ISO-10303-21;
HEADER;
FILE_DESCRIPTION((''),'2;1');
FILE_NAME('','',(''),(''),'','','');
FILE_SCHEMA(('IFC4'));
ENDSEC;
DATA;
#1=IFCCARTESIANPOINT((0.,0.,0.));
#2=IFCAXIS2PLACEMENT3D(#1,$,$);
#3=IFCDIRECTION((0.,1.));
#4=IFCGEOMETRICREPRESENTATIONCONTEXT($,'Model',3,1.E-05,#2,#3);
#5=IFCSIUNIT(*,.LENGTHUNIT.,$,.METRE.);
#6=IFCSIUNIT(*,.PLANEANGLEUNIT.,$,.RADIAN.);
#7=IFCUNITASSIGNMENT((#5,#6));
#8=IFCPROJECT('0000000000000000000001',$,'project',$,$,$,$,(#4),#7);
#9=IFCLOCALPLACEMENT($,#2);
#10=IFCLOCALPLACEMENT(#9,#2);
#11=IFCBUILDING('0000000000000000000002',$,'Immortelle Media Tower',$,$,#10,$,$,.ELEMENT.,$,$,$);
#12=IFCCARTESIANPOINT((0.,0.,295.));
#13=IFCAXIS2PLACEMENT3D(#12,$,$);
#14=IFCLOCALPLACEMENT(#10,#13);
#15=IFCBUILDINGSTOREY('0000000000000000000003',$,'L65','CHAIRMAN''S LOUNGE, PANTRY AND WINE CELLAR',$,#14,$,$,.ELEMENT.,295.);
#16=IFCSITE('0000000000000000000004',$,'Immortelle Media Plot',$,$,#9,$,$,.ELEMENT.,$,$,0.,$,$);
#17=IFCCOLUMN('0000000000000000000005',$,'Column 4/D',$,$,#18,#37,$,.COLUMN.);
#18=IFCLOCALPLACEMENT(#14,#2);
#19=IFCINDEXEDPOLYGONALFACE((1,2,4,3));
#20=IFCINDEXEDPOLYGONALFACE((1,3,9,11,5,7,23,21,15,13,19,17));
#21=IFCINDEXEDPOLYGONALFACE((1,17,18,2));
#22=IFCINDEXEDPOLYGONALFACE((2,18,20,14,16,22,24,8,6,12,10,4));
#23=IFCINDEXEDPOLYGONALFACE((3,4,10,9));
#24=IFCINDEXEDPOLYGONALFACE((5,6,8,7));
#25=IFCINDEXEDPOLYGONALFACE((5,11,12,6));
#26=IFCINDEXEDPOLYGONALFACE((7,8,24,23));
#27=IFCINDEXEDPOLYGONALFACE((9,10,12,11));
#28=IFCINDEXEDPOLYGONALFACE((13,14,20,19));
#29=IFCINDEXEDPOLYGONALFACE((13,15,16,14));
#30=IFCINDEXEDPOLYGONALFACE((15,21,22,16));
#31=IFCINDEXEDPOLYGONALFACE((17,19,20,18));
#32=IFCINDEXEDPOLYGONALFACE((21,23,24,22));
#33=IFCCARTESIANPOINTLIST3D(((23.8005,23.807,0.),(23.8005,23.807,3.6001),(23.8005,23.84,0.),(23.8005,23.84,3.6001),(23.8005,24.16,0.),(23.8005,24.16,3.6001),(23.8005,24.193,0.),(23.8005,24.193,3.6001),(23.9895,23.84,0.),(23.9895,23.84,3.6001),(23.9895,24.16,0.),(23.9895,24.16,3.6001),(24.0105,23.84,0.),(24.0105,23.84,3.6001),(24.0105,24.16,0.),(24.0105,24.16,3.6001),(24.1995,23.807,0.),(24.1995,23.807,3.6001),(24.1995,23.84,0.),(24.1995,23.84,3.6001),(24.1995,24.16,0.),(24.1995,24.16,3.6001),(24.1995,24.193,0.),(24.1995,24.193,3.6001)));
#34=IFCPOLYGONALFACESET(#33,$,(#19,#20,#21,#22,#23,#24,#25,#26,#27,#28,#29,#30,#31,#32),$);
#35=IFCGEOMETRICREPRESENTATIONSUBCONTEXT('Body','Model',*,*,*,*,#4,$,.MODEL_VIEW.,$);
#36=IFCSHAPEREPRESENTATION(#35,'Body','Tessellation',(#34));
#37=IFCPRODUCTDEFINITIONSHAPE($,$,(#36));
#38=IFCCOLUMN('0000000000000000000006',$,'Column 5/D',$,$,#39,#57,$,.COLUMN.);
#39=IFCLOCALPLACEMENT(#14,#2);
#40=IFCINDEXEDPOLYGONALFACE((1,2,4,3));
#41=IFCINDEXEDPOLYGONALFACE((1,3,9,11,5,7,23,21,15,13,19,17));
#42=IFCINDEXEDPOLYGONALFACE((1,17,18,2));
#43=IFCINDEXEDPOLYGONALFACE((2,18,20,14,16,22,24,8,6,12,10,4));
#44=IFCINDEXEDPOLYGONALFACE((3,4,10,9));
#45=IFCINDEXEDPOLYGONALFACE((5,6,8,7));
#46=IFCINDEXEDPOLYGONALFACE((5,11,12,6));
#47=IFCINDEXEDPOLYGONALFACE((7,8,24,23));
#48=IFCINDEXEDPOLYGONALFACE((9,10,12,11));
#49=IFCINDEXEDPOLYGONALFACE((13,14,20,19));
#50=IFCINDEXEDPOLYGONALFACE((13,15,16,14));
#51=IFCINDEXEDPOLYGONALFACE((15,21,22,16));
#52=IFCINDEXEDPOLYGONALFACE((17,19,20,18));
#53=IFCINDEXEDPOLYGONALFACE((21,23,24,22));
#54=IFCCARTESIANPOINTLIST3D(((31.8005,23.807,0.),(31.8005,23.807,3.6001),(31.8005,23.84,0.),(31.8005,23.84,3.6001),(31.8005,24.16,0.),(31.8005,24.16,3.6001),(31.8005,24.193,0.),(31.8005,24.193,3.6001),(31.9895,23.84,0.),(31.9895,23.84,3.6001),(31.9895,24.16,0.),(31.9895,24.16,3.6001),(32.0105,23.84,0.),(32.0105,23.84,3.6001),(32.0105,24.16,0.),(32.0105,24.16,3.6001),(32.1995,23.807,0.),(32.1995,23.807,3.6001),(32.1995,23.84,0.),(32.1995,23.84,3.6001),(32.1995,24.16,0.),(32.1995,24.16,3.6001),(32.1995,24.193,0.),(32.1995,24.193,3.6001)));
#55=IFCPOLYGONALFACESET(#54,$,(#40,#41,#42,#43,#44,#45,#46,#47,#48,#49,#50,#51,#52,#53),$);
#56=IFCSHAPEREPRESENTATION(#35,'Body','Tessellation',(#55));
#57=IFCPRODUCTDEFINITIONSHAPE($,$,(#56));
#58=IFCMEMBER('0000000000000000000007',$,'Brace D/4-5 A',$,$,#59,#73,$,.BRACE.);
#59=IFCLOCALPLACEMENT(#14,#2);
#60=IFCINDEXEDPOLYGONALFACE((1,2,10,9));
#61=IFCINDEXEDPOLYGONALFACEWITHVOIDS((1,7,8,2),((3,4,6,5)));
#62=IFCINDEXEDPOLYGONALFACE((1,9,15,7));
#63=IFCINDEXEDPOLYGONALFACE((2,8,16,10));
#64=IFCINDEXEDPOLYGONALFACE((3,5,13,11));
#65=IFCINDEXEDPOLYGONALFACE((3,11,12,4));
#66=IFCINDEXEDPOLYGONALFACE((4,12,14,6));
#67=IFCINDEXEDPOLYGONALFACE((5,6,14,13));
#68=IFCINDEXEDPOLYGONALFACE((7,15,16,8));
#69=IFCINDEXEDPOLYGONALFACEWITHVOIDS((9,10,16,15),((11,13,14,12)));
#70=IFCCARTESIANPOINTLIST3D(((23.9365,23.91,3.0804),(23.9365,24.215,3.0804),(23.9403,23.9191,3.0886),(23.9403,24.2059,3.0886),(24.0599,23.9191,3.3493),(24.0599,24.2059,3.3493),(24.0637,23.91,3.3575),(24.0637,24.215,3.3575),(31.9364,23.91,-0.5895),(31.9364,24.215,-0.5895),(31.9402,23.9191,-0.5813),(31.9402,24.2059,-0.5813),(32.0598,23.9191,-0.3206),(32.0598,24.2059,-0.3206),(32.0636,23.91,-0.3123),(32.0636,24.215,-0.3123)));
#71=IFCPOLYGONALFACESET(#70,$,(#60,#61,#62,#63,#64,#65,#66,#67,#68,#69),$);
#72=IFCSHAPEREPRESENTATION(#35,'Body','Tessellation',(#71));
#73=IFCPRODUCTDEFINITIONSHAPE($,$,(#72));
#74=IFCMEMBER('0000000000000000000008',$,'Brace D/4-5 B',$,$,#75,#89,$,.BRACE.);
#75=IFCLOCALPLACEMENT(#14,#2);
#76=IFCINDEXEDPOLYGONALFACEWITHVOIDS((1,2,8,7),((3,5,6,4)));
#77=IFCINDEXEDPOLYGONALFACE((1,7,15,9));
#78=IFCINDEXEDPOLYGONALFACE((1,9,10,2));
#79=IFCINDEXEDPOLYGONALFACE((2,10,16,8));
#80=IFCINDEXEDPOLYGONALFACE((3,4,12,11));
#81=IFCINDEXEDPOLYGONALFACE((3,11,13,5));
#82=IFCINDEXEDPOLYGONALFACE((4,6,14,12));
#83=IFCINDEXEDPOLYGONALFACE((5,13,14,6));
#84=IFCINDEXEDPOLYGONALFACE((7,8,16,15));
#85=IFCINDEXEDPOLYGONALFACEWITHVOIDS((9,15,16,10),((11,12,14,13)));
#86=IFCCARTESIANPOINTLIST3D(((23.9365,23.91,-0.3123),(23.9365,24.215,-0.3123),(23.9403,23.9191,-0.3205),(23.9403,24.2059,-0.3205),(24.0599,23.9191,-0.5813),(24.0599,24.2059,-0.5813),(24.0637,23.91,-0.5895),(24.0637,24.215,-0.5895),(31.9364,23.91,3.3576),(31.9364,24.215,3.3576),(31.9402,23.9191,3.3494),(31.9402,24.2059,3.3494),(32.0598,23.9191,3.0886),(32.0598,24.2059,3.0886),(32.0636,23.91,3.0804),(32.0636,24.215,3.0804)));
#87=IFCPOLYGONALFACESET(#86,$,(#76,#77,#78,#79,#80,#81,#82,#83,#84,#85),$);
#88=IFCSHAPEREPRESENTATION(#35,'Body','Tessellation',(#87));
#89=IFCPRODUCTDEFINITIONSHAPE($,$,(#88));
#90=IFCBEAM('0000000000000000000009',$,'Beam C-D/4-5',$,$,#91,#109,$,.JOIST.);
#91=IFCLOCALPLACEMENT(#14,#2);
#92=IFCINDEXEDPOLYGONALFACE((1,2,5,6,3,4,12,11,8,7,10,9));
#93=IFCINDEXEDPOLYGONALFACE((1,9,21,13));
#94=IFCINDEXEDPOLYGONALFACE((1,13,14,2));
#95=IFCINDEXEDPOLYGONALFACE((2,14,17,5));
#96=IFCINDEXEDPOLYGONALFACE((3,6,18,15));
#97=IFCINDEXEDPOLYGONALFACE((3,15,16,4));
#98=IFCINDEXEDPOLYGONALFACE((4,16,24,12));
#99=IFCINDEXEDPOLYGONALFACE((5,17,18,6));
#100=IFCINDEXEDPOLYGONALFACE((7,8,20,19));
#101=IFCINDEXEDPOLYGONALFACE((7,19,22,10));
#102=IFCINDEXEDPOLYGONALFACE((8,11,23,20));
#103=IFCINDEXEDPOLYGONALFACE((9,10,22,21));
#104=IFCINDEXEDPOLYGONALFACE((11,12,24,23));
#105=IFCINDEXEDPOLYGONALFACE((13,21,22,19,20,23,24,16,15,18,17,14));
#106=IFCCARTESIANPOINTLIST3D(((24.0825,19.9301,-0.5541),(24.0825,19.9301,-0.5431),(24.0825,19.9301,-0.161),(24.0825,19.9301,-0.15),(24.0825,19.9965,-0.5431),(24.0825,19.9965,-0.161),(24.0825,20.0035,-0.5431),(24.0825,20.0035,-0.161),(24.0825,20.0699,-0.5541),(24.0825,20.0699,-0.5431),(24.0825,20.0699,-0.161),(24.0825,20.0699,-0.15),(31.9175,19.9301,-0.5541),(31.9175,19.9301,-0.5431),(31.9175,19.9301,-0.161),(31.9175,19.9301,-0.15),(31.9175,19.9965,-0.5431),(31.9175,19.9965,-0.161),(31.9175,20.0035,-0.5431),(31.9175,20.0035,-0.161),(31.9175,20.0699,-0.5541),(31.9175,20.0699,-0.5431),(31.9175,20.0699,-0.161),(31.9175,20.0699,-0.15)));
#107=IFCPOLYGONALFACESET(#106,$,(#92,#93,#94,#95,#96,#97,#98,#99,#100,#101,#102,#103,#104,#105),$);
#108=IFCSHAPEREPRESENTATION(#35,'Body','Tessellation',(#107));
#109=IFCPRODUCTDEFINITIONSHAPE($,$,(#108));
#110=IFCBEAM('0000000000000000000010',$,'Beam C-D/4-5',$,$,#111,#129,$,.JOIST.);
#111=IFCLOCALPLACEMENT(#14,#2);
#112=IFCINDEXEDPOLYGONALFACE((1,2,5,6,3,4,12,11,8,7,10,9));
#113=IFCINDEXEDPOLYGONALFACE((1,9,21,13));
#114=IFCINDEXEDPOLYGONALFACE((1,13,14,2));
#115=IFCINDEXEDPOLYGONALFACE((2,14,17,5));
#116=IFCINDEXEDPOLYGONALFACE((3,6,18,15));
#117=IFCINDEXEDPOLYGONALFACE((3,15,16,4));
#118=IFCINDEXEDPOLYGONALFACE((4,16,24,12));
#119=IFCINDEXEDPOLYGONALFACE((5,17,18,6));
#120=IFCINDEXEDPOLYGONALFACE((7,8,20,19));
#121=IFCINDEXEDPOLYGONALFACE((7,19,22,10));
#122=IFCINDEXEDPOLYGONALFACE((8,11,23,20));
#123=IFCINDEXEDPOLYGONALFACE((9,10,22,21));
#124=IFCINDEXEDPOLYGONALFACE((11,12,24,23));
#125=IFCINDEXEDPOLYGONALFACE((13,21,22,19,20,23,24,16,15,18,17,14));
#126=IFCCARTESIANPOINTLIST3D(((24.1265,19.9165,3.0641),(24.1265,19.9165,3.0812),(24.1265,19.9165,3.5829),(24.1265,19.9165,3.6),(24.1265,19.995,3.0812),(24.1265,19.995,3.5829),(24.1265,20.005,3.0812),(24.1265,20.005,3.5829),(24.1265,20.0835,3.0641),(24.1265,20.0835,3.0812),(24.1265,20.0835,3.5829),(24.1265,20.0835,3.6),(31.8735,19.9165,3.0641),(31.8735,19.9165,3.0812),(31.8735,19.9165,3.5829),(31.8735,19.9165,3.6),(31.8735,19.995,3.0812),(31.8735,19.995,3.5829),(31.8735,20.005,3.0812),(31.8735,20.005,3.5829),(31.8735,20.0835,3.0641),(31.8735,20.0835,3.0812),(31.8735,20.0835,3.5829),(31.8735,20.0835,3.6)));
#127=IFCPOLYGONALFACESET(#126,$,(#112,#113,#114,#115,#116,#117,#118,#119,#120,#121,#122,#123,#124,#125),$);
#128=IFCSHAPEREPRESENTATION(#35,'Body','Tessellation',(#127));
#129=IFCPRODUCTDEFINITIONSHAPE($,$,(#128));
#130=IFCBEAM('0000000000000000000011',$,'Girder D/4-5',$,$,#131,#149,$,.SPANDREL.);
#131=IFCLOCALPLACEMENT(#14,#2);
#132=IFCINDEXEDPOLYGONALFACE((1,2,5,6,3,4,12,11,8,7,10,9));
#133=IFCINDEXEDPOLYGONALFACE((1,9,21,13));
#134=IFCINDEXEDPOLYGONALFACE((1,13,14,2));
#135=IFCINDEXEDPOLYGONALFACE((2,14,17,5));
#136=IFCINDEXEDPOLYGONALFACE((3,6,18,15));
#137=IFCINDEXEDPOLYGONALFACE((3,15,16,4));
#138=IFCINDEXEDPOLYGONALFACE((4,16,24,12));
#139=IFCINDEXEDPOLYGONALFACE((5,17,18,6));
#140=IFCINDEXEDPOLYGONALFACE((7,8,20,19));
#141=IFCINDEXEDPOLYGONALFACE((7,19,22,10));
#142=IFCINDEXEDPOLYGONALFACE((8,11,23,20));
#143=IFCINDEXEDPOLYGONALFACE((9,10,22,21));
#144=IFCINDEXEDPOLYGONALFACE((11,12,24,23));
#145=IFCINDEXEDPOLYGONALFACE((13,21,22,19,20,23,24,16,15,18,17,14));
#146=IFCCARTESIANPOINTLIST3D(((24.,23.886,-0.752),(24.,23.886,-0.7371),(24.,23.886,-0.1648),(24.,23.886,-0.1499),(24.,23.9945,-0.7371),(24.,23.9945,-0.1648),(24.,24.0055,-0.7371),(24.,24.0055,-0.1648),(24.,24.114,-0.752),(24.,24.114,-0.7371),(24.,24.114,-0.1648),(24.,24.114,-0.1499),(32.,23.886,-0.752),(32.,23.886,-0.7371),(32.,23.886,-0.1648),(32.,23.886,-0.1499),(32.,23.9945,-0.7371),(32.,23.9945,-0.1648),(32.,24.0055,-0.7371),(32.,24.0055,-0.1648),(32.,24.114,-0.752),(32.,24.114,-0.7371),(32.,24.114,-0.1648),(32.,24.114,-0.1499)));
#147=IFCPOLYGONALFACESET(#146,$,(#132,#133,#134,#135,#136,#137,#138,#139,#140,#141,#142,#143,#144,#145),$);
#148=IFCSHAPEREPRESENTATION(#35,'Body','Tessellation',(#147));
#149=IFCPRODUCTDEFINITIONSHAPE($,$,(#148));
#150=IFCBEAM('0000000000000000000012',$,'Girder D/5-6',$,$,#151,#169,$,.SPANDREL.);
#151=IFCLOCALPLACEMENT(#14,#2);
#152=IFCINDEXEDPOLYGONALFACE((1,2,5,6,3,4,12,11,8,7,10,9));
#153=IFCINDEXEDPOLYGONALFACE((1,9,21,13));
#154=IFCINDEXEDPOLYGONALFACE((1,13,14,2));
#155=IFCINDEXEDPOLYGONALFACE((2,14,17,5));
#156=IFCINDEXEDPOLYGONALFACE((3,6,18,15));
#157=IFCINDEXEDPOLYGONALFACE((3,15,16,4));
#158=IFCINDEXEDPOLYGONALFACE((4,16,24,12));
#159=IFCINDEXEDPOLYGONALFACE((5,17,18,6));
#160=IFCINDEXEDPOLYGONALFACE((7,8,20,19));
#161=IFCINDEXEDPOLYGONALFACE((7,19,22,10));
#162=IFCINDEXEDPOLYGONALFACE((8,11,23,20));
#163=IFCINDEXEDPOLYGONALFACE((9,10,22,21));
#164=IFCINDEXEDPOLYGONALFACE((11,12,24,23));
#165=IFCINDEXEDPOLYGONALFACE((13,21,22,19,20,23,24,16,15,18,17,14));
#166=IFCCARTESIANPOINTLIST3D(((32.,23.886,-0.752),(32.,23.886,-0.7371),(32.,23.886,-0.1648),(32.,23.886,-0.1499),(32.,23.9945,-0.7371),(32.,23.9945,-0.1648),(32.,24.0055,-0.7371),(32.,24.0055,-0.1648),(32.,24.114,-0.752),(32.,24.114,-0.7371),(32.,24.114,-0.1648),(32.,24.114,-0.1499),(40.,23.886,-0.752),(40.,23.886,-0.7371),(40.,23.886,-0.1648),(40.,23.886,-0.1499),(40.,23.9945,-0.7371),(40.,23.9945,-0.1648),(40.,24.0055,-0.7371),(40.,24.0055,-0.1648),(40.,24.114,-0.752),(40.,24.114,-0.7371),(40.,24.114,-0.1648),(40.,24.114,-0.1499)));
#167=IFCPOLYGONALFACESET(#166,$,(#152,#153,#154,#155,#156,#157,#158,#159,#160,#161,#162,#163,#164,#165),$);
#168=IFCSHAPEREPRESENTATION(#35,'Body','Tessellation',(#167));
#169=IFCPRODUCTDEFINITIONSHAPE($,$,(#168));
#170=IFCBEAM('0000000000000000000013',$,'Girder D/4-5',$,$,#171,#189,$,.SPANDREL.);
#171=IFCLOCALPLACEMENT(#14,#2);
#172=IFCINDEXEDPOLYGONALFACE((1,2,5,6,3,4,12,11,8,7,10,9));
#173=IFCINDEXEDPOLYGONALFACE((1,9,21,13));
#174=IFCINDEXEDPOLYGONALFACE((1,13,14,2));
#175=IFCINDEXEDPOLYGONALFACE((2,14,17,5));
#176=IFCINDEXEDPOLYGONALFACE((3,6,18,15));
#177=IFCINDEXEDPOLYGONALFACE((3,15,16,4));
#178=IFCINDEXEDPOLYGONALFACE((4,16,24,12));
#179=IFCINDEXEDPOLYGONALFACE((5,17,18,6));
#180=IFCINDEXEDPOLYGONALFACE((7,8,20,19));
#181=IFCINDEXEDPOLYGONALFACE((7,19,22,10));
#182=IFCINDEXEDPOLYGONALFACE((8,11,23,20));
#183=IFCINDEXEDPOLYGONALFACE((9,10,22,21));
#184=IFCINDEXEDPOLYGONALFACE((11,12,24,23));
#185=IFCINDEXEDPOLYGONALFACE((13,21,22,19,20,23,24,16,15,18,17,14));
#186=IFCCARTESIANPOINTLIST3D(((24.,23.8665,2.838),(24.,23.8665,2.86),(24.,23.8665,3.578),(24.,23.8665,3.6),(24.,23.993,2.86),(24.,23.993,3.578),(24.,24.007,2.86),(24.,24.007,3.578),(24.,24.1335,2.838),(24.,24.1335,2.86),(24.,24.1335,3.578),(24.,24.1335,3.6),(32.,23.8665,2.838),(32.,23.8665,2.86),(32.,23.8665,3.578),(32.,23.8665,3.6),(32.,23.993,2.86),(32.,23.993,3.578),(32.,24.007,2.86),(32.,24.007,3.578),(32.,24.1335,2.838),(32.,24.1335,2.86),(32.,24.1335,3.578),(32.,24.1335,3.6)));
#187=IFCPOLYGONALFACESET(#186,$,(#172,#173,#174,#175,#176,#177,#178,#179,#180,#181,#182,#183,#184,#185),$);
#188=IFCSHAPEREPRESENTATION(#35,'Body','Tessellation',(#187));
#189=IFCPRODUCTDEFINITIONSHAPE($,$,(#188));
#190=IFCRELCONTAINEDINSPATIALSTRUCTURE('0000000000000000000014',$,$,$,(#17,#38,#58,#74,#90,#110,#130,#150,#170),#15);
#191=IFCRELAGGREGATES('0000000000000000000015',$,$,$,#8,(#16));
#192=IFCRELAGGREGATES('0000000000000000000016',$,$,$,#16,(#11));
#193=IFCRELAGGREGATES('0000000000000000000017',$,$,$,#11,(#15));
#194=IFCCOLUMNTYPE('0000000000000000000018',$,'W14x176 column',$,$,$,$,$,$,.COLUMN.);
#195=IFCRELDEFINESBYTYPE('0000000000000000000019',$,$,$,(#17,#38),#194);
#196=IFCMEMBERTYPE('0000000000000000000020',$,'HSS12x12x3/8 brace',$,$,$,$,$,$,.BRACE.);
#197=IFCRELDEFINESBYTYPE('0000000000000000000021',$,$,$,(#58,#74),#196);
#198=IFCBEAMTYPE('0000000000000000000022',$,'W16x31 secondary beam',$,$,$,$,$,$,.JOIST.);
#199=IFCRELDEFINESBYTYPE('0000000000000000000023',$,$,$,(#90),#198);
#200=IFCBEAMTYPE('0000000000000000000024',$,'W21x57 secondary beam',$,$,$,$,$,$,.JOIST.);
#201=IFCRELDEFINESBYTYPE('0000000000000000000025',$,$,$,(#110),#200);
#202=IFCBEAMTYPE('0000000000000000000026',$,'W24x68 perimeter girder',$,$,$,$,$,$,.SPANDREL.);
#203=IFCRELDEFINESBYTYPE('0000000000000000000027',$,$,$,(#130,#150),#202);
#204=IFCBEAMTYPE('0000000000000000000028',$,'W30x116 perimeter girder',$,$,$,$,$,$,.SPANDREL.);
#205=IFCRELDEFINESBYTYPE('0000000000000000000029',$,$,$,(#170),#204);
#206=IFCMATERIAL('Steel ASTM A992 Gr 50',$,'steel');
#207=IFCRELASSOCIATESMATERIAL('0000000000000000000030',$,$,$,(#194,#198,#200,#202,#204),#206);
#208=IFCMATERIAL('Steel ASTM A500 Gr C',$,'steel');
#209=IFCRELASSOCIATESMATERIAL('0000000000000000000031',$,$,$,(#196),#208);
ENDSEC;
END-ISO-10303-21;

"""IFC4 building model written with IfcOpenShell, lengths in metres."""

from ifc_helpers import new_model, si_unit, direction, frame, origin, origin_2d, place, context, subcontext, project, spatial, hollow_rectangle, i_section, extrude, material, material_profile, profile_set, type_object, element, save


model = new_model("IFC4")

# Units and contexts
model_context = context("Model", 3, precision=1e-05, world=origin(), true_north=direction((0.0, 1.0)))
body_context = subcontext(model_context, "Body", "Model", "MODEL_VIEW")
ifc_project = project(units=[si_unit("LENGTHUNIT", "METRE"), si_unit("PLANEANGLEUNIT", "RADIAN")], contexts=[model_context])

# Site, building, storey
site_placement = place(None, origin())
site = spatial("IfcSite", under=ifc_project, at=site_placement, Name="Immortelle Media Plot", CompositionType="ELEMENT", RefElevation=0.0)
building_placement = place(site_placement, origin())
building = spatial("IfcBuilding", under=site, at=building_placement, Name="Immortelle Media Tower", CompositionType="ELEMENT")
storey_placement = place(building_placement, frame((0.0, 0.0, 295.0)))
storey = spatial("IfcBuildingStorey", under=building, at=storey_placement, Name="L65", Description="CHAIRMAN'S LOUNGE, PANTRY AND WINE CELLAR", CompositionType="ELEMENT", Elevation=295.0)

# Columns
ifc_material_1 = material(Name="Steel ASTM A992 Gr 50", Category="steel")
ifc_material_profile_1 = material_profile(ifc_material_1, i_section(OverallWidth=0.3989, OverallDepth=0.386, WebThickness=0.021, FlangeThickness=0.033, at=origin_2d()), Name="W14x176")
ifc_profile_set_1 = profile_set([ifc_material_profile_1], Name="Steel ASTM A992 Gr 50")
column_type = type_object("IfcColumnType", Name="W14x176 column", PredefinedType="COLUMN", material=ifc_profile_set_1)
for number, where, z_axis, x_axis, name in (
    (1, (24.0, 24.0, 0.0), (0.0, 0.0, 1.0), (1.0, 0.0, 0.0), "Column 4/D"),
    (2, (32.0, 24.0, 0.0), (0.0, 0.0, 1.0), (1.0, 0.0, 0.0), "Column 5/D"),
):
    element("IfcColumn", number, at=place(storey_placement, frame(where, z_axis=z_axis, x_axis=x_axis)), inside=storey, type_object=column_type, Name=name, PredefinedType="COLUMN", context=body_context, shape_type="SweptSolid", body=[
        extrude(i_section(OverallWidth=0.3989, OverallDepth=0.386, WebThickness=0.021, FlangeThickness=0.033, at=origin_2d()), origin(), (0.0, 0.0, 1.0), 3.6001),
    ])

# Members
ifc_material_2 = material(Name="Steel ASTM A500 Gr C", Category="steel")
ifc_material_profile_2 = material_profile(ifc_material_2, hollow_rectangle(XDim=0.3049, YDim=0.3049, WallThickness=0.009, at=origin_2d()), Name="HSS12x12x3/8 brace")
ifc_profile_set_2 = profile_set([ifc_material_profile_2], Name="Steel ASTM A500 Gr C")
member_type = type_object("IfcMemberType", Name="HSS12x12x3/8 brace", PredefinedType="BRACE", material=ifc_profile_set_2)
for number, where, z_axis, x_axis, name in (
    (3, (32.0, 24.0625, -0.4509), (-0.908925, 0.0, 0.41696), (0.0, -1.0, 0.0), "Brace D/4-5 A"),
    (4, (32.0, 24.0625, 3.219), (-0.908925, 0.0, -0.41696), (0.0, -1.0, 0.0), "Brace D/4-5 B"),
):
    element("IfcMember", number, at=place(storey_placement, frame(where, z_axis=z_axis, x_axis=x_axis)), inside=storey, type_object=member_type, Name=name, PredefinedType="BRACE", context=body_context, shape_type="SweptSolid", body=[
        extrude(hollow_rectangle(XDim=0.3049, YDim=0.3049, WallThickness=0.009, at=origin_2d()), origin(), (0.0, 0.0, 1.0), 8.8015),
    ])

# Beams
ifc_material_profile_3 = material_profile(ifc_material_1, i_section(OverallWidth=0.1399, OverallDepth=0.4041, WebThickness=0.0071, FlangeThickness=0.011, at=origin_2d()), Name="W16x31")
ifc_profile_set_3 = profile_set([ifc_material_profile_3], Name="Steel ASTM A992 Gr 50")
beam_type_1 = type_object("IfcBeamType", Name="W16x31 secondary beam", PredefinedType="JOIST", material=ifc_profile_set_3)
beam_1_placement = place(storey_placement, frame((24.0825, 20.0, -0.3521), z_axis=(1.0, 0.0, 0.0), x_axis=(0.0, 1.0, 0.0)))
element("IfcBeam", 5, at=beam_1_placement, inside=storey, type_object=beam_type_1, Name="Beam C-D/4-5", PredefinedType="JOIST", context=body_context, shape_type="SweptSolid", body=[
    extrude(i_section(OverallWidth=0.1399, OverallDepth=0.4041, WebThickness=0.0071, FlangeThickness=0.011, at=origin_2d()), origin(), (0.0, 0.0, 1.0), 7.835),
])
ifc_material_profile_4 = material_profile(ifc_material_1, i_section(OverallWidth=0.167, OverallDepth=0.5359, WebThickness=0.01, FlangeThickness=0.0171, at=origin_2d()), Name="W21x57")
ifc_profile_set_4 = profile_set([ifc_material_profile_4], Name="Steel ASTM A992 Gr 50")
beam_type_2 = type_object("IfcBeamType", Name="W21x57 secondary beam", PredefinedType="JOIST", material=ifc_profile_set_4)
beam_2_placement = place(storey_placement, frame((24.1265, 20.0, 3.332), z_axis=(1.0, 0.0, 0.0), x_axis=(0.0, 1.0, 0.0)))
element("IfcBeam", 6, at=beam_2_placement, inside=storey, type_object=beam_type_2, Name="Beam C-D/4-5", PredefinedType="JOIST", context=body_context, shape_type="SweptSolid", body=[
    extrude(i_section(OverallWidth=0.167, OverallDepth=0.5359, WebThickness=0.01, FlangeThickness=0.0171, at=origin_2d()), origin(), (0.0, 0.0, 1.0), 7.7471),
])
ifc_material_profile_5 = material_profile(ifc_material_1, i_section(OverallWidth=0.228, OverallDepth=0.6021, WebThickness=0.011, FlangeThickness=0.0149, at=origin_2d()), Name="W24x68")
ifc_profile_set_5 = profile_set([ifc_material_profile_5], Name="Steel ASTM A992 Gr 50")
beam_type_3 = type_object("IfcBeamType", Name="W24x68 perimeter girder", PredefinedType="SPANDREL", material=ifc_profile_set_5)
for number, where, z_axis, x_axis, name in (
    (7, (24.0, 24.0, -0.4509), (1.0, 0.0, 0.0), (0.0, 1.0, 0.0), "Girder D/4-5"),
    (8, (32.0, 24.0, -0.4509), (1.0, 0.0, 0.0), (0.0, 1.0, 0.0), "Girder D/5-6"),
):
    element("IfcBeam", number, at=place(storey_placement, frame(where, z_axis=z_axis, x_axis=x_axis)), inside=storey, type_object=beam_type_3, Name=name, PredefinedType="SPANDREL", context=body_context, shape_type="SweptSolid", body=[
        extrude(i_section(OverallWidth=0.228, OverallDepth=0.6021, WebThickness=0.011, FlangeThickness=0.0149, at=origin_2d()), origin(), (0.0, 0.0, 1.0), 8.0),
    ])
ifc_material_profile_6 = material_profile(ifc_material_1, i_section(OverallWidth=0.2671, OverallDepth=0.762, WebThickness=0.0139, FlangeThickness=0.022, at=origin_2d()), Name="W30x116")
ifc_profile_set_6 = profile_set([ifc_material_profile_6], Name="Steel ASTM A992 Gr 50")
beam_type_4 = type_object("IfcBeamType", Name="W30x116 perimeter girder", PredefinedType="SPANDREL", material=ifc_profile_set_6)
for number, where, z_axis, x_axis, name in (
    (9, (24.0, 24.0, 3.219), (1.0, 0.0, 0.0), (0.0, 1.0, 0.0), "Girder D/4-5"),
):
    element("IfcBeam", number, at=place(storey_placement, frame(where, z_axis=z_axis, x_axis=x_axis)), inside=storey, type_object=beam_type_4, Name=name, PredefinedType="SPANDREL", context=body_context, shape_type="SweptSolid", body=[
        extrude(i_section(OverallWidth=0.2671, OverallDepth=0.762, WebThickness=0.0139, FlangeThickness=0.022, at=origin_2d()), origin(), (0.0, 0.0, 1.0), 8.0),
    ])

save(model, "model.ifc")
